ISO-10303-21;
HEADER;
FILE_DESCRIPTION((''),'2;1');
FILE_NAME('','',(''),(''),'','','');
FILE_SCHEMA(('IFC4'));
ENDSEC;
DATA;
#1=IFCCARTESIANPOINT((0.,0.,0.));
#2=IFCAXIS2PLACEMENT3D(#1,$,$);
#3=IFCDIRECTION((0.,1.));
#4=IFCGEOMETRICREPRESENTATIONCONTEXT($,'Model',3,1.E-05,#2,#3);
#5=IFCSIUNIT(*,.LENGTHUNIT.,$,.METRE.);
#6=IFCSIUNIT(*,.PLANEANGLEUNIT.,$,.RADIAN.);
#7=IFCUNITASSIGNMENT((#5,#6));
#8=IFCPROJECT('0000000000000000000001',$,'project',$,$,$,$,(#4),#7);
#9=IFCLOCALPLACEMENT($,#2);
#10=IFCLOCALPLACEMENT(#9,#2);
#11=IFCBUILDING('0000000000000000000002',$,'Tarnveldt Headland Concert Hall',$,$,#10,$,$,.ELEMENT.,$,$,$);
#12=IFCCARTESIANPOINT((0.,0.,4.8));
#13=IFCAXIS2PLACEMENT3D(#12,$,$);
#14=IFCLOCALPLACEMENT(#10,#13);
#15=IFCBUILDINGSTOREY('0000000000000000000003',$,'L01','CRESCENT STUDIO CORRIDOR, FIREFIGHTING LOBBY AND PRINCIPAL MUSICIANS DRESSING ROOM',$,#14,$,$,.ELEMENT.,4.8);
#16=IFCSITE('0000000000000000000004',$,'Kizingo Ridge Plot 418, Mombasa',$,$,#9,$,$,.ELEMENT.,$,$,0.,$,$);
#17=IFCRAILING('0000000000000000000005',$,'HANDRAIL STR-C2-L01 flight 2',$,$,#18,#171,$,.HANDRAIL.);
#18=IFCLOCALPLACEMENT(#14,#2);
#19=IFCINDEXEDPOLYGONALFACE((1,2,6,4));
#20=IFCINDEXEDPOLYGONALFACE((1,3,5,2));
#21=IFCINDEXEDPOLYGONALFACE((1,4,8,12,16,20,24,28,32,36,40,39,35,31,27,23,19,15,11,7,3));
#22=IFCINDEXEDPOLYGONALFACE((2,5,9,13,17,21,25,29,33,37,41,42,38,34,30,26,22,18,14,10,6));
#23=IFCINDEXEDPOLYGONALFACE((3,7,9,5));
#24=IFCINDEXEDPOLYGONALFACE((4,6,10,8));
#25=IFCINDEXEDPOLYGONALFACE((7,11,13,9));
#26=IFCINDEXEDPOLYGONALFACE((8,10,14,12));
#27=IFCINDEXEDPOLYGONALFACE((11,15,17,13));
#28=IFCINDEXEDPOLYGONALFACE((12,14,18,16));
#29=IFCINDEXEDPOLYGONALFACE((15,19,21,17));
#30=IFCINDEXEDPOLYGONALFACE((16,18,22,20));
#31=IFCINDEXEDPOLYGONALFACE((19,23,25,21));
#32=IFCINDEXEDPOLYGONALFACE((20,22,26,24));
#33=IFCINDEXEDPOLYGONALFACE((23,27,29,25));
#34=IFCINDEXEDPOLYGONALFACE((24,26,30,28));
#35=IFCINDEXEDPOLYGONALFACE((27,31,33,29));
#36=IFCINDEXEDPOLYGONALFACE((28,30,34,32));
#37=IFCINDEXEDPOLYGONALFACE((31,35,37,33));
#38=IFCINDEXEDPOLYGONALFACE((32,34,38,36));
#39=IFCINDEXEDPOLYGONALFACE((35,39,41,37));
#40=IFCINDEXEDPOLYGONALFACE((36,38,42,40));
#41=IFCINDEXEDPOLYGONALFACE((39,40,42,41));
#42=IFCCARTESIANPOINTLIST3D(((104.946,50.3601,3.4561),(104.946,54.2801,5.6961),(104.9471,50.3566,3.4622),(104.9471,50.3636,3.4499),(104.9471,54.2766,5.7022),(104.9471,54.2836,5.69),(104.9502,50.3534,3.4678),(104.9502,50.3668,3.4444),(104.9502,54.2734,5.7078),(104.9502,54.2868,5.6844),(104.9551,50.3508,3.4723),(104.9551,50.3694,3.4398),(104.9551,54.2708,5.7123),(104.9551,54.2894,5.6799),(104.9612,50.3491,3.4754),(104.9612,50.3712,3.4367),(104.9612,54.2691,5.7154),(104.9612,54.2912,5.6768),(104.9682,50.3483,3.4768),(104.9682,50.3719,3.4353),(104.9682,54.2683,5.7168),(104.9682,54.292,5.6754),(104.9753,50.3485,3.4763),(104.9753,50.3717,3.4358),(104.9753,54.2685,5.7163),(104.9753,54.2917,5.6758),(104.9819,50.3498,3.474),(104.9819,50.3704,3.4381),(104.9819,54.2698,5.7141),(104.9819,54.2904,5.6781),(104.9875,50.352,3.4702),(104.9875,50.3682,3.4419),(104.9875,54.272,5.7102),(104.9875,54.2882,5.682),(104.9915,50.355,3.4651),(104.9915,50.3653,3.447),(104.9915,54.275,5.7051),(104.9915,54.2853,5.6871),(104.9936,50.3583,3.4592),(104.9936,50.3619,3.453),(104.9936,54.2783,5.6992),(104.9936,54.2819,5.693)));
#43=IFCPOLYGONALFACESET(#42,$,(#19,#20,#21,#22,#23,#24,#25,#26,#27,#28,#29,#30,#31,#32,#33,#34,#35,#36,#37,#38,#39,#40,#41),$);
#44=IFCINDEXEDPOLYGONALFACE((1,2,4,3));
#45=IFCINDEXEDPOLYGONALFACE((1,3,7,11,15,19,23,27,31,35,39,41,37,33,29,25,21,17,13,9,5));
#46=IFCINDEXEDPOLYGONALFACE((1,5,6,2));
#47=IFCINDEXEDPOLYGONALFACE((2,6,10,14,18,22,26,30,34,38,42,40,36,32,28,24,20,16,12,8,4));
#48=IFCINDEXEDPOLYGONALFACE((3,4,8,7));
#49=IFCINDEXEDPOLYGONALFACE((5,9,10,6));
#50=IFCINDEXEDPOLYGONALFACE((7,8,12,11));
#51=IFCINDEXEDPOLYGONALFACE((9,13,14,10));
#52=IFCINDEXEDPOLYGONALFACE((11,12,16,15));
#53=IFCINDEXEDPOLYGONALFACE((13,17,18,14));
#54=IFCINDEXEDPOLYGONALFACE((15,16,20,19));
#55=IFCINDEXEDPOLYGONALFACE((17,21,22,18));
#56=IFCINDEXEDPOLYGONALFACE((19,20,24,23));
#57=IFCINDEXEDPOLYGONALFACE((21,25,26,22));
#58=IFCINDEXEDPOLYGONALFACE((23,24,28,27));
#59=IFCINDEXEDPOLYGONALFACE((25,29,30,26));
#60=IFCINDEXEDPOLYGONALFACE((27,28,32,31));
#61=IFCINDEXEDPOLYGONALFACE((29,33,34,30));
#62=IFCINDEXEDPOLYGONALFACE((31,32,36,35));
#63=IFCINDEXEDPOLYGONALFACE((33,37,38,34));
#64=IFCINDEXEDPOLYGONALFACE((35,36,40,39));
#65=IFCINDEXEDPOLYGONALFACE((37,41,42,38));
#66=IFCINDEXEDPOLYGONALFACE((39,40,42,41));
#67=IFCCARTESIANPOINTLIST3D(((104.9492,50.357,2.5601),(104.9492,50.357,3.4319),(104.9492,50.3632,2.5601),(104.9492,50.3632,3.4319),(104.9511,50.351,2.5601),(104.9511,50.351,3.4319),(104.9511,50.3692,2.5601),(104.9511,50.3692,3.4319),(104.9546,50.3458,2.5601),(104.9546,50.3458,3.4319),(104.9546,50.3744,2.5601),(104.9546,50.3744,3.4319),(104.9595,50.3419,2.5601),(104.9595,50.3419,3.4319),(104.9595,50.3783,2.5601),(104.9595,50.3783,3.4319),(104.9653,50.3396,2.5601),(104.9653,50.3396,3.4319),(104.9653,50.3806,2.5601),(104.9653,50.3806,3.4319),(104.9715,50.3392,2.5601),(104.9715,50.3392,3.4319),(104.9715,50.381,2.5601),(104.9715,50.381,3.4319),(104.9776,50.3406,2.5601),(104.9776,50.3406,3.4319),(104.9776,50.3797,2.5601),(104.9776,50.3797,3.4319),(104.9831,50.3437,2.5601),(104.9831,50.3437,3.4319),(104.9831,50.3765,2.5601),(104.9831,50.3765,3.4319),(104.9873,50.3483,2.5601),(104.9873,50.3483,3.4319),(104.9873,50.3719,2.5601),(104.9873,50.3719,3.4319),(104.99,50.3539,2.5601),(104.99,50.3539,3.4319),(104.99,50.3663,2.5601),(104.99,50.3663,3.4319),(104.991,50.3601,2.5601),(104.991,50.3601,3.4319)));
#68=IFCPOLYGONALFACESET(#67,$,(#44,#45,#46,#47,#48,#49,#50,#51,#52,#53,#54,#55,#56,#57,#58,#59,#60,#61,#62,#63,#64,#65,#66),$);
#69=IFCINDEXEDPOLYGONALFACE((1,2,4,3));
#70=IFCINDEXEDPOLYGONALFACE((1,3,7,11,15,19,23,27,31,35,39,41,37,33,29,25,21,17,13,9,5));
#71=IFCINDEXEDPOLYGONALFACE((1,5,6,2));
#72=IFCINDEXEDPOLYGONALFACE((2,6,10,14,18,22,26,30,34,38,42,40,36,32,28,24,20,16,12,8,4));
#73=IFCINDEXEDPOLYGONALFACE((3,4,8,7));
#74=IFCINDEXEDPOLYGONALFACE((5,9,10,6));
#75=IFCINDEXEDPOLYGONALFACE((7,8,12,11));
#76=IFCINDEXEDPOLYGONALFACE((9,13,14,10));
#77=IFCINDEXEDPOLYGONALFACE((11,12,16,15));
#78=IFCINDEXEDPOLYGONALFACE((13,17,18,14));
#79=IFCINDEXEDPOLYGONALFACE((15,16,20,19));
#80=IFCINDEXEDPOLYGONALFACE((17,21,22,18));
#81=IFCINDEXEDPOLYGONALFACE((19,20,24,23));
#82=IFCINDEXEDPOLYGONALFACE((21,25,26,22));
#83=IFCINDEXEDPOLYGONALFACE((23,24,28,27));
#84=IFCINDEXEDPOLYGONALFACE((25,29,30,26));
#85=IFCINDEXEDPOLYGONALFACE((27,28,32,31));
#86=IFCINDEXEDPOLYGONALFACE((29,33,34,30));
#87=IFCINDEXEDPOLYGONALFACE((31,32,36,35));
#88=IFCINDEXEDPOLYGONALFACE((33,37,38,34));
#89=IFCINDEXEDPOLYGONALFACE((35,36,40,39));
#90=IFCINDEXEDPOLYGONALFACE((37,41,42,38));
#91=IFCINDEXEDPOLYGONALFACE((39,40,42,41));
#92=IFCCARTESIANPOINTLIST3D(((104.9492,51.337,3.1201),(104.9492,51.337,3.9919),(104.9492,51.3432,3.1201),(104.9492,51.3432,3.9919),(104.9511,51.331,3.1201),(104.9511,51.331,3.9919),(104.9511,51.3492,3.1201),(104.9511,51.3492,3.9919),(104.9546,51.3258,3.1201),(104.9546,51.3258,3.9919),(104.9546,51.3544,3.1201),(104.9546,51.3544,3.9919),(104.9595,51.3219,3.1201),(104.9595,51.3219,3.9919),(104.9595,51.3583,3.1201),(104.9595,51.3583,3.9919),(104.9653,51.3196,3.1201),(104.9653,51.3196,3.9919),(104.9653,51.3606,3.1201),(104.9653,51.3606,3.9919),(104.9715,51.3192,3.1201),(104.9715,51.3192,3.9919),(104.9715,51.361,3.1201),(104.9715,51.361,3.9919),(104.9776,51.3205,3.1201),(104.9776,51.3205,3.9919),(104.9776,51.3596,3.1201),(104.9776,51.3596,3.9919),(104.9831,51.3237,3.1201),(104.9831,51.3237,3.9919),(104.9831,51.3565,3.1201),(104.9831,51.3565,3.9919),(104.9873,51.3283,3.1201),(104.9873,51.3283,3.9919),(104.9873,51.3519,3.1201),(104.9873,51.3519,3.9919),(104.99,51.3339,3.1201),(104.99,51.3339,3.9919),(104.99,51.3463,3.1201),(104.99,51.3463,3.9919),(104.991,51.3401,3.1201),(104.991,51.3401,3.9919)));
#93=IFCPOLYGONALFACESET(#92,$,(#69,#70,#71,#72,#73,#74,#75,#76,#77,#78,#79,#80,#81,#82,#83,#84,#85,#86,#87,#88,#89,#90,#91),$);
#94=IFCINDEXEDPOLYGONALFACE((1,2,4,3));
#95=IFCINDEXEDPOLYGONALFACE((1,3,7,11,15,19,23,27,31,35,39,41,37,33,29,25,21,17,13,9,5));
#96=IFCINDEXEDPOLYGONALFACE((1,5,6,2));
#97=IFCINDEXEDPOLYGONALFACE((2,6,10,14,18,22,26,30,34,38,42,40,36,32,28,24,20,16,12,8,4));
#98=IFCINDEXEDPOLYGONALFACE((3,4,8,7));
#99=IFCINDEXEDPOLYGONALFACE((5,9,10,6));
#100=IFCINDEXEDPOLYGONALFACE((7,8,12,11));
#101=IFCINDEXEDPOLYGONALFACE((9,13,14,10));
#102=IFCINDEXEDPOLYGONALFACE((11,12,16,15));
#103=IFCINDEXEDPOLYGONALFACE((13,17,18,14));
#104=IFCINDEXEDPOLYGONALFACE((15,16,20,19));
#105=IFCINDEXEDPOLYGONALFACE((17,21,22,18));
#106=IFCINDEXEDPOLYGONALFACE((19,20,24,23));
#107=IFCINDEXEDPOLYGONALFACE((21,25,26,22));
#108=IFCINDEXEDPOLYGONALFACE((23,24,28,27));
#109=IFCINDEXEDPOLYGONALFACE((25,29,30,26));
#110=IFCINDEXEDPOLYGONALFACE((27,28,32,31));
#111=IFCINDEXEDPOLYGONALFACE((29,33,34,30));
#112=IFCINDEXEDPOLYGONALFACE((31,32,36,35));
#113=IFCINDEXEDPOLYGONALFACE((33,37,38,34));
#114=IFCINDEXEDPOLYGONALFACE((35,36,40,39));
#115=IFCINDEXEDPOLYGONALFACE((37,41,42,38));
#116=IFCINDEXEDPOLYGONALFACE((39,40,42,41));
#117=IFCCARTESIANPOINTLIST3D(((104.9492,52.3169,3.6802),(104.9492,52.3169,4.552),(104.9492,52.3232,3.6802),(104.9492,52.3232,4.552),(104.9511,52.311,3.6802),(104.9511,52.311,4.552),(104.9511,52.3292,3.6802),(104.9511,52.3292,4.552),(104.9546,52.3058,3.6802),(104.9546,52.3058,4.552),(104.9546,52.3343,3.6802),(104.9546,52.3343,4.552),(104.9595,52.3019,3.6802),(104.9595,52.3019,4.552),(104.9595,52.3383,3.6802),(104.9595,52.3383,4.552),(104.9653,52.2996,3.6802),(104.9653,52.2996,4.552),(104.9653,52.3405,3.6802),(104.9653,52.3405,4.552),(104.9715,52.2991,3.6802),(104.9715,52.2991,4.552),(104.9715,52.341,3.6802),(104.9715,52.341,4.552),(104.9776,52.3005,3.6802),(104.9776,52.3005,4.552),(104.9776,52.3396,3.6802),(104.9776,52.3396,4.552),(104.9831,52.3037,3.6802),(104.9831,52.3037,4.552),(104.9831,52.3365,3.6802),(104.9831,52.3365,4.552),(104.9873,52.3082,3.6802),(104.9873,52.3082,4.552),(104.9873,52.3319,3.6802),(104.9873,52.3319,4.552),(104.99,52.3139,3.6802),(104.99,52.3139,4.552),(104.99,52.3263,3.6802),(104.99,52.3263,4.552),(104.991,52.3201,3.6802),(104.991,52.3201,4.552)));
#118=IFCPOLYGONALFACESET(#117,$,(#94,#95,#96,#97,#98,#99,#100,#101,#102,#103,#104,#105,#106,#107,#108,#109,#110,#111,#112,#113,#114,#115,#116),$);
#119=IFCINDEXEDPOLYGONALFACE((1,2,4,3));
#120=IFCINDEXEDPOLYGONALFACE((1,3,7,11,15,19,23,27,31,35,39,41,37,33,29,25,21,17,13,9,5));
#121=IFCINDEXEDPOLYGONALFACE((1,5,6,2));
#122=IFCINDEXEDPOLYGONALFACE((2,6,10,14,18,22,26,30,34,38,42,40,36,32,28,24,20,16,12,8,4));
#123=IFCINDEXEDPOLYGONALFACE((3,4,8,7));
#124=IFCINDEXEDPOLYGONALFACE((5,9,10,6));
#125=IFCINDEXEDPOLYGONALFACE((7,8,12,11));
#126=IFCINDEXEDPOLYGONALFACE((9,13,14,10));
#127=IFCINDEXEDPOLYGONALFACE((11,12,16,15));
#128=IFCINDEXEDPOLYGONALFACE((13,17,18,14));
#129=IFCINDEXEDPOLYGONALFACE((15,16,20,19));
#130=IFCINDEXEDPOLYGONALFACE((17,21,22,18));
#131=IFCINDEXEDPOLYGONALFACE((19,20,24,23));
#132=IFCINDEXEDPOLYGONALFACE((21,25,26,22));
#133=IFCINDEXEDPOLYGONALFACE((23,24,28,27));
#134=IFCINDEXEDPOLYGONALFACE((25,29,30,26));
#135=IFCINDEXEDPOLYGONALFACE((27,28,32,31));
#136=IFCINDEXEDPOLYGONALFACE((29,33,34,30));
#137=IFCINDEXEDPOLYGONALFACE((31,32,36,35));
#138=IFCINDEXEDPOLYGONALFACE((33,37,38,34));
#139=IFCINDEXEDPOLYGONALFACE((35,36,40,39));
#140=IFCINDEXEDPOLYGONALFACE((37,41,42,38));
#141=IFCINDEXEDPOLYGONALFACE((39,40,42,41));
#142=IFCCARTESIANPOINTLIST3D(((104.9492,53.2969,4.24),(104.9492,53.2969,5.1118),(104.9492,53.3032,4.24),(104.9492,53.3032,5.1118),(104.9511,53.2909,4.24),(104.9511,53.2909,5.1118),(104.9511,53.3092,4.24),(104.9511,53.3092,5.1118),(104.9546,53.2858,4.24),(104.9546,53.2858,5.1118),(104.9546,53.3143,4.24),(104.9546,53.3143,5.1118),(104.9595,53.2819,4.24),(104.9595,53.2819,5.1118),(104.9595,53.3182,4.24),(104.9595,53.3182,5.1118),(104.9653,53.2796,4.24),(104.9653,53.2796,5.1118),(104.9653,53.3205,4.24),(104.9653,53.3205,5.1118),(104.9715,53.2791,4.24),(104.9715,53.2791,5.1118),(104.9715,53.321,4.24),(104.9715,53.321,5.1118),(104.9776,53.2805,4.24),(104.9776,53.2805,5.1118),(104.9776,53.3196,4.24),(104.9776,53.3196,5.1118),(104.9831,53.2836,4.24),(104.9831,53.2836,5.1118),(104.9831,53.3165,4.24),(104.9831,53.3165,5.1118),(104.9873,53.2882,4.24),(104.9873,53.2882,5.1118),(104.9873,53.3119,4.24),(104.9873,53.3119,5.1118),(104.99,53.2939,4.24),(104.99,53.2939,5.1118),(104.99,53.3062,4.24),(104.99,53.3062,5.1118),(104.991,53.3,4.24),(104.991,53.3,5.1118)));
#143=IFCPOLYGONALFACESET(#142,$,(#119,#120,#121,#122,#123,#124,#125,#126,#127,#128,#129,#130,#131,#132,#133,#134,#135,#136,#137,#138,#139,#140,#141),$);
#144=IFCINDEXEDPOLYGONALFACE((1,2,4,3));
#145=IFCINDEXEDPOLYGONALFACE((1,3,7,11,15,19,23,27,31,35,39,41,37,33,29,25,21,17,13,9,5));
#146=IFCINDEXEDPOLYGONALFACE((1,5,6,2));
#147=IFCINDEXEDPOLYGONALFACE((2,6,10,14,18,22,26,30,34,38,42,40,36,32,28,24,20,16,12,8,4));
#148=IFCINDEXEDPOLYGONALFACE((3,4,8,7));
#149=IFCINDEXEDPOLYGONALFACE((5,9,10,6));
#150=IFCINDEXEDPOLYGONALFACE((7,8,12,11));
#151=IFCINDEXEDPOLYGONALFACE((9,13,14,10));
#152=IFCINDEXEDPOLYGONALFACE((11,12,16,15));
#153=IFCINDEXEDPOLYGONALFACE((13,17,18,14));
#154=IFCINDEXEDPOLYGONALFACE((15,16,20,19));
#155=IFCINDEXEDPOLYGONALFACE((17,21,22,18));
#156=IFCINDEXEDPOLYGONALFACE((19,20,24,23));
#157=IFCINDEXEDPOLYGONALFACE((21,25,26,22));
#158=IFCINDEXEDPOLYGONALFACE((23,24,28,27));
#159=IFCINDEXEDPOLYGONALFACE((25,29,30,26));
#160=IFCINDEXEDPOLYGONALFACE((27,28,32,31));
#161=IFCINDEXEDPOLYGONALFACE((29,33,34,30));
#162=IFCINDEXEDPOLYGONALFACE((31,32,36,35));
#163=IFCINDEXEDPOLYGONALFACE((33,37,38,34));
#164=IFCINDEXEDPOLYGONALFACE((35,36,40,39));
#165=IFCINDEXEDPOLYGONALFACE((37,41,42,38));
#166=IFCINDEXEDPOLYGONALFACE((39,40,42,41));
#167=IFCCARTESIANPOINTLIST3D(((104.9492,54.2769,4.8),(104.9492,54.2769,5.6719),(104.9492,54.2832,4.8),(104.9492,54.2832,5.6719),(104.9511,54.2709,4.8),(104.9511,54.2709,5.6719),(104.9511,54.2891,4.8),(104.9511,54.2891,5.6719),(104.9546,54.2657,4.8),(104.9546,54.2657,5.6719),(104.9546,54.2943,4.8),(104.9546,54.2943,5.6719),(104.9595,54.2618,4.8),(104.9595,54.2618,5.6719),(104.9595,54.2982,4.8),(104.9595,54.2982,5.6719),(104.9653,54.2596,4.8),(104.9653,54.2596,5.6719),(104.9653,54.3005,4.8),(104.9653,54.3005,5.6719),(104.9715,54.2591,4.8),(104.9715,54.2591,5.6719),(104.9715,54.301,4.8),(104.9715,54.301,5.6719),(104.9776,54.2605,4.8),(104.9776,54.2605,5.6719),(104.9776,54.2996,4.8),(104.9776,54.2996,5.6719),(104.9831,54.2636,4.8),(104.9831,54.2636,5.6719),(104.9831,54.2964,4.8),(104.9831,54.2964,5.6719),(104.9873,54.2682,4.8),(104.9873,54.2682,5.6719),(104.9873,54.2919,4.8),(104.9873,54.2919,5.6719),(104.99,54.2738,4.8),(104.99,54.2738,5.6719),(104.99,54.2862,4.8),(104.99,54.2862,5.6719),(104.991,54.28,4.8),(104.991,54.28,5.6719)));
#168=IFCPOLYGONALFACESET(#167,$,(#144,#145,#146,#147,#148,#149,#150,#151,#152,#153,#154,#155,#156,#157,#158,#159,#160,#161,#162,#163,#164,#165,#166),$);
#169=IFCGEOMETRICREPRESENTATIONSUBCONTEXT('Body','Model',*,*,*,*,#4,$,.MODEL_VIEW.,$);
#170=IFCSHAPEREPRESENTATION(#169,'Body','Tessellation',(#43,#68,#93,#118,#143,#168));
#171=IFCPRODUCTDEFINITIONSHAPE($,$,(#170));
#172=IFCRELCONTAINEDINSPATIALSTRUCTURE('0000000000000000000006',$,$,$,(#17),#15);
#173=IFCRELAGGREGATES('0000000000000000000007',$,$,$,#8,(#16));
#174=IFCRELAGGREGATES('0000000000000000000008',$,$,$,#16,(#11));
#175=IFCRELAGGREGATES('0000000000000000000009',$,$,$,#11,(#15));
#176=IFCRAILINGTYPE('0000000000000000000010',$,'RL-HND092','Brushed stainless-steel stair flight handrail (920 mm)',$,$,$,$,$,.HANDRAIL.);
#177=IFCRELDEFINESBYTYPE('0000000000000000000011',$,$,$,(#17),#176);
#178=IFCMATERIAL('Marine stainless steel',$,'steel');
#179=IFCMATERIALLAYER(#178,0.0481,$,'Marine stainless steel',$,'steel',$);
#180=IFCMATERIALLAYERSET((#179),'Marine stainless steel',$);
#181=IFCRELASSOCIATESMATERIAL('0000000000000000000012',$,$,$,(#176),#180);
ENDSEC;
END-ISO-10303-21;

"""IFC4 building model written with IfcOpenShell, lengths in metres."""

from ifc_helpers import new_model, si_unit, direction, frame, origin, origin_2d, place, context, subcontext, project, spatial, circle, extrude, material, layer, layer_set, type_object, element, save


model = new_model("IFC4")

# Units and contexts
model_context = context("Model", 3, precision=1e-05, world=origin(), true_north=direction((0.0, 1.0)))
body_context = subcontext(model_context, "Body", "Model", "MODEL_VIEW")
ifc_project = project(units=[si_unit("LENGTHUNIT", "METRE"), si_unit("PLANEANGLEUNIT", "RADIAN")], contexts=[model_context])

# Site, building, storey
site_placement = place(None, origin())
site = spatial("IfcSite", under=ifc_project, at=site_placement, Name="Kizingo Ridge Plot 418, Mombasa", CompositionType="ELEMENT", RefElevation=0.0)
building_placement = place(site_placement, origin())
building = spatial("IfcBuilding", under=site, at=building_placement, Name="Tarnveldt Headland Concert Hall", CompositionType="ELEMENT")
storey_placement = place(building_placement, frame((0.0, 0.0, 4.8)))
storey = spatial("IfcBuildingStorey", under=building, at=storey_placement, Name="L01", Description="CRESCENT STUDIO CORRIDOR, FIREFIGHTING LOBBY AND PRINCIPAL MUSICIANS DRESSING ROOM", CompositionType="ELEMENT", Elevation=4.8)

# Railing
ifc_material_1 = material(Name="Marine stainless steel", Category="steel")
ifc_layer_1 = layer(ifc_material_1, 0.0481, Name="Marine stainless steel", Category="steel")
ifc_layer_set_1 = layer_set([ifc_layer_1], Name="Marine stainless steel")
railing_type = type_object("IfcRailingType", Name="RL-HND092", Description="Brushed stainless-steel stair flight handrail (920 mm)", PredefinedType="HANDRAIL", material=ifc_layer_set_1)
railing_placement = place(storey_placement, frame((104.97, 50.3601, 2.5601)))
element("IfcRailing", 1, at=railing_placement, inside=storey, type_object=railing_type, Name="HANDRAIL STR-C2-L01 flight 2", PredefinedType="HANDRAIL", context=body_context, shape_type="SweptSolid", body=[
    extrude(circle(Radius=0.0239, at=origin_2d()), frame((0.0, 0.0, 0.896), z_axis=(0.0, 0.86824, 0.496145), x_axis=(-1.0, 0.0, 0.0)), (0.0, 0.0, 1.0), 4.5149),
    extrude(circle(Radius=0.021, at=origin_2d()), origin(), (0.0, 0.0, 1.0), 0.8718),
    extrude(circle(Radius=0.021, at=origin_2d()), frame((0.0, 0.98, 0.5601)), (0.0, 0.0, 1.0), 0.8718),
    extrude(circle(Radius=0.021, at=origin_2d()), frame((0.0, 1.96, 1.1201)), (0.0, 0.0, 1.0), 0.8718),
    extrude(circle(Radius=0.021, at=origin_2d()), frame((0.0, 2.9399, 1.6799)), (0.0, 0.0, 1.0), 0.8718),
    extrude(circle(Radius=0.021, at=origin_2d()), frame((0.0, 3.9199, 2.24)), (0.0, 0.0, 1.0), 0.8718),
])

save(model, "model.ifc")
